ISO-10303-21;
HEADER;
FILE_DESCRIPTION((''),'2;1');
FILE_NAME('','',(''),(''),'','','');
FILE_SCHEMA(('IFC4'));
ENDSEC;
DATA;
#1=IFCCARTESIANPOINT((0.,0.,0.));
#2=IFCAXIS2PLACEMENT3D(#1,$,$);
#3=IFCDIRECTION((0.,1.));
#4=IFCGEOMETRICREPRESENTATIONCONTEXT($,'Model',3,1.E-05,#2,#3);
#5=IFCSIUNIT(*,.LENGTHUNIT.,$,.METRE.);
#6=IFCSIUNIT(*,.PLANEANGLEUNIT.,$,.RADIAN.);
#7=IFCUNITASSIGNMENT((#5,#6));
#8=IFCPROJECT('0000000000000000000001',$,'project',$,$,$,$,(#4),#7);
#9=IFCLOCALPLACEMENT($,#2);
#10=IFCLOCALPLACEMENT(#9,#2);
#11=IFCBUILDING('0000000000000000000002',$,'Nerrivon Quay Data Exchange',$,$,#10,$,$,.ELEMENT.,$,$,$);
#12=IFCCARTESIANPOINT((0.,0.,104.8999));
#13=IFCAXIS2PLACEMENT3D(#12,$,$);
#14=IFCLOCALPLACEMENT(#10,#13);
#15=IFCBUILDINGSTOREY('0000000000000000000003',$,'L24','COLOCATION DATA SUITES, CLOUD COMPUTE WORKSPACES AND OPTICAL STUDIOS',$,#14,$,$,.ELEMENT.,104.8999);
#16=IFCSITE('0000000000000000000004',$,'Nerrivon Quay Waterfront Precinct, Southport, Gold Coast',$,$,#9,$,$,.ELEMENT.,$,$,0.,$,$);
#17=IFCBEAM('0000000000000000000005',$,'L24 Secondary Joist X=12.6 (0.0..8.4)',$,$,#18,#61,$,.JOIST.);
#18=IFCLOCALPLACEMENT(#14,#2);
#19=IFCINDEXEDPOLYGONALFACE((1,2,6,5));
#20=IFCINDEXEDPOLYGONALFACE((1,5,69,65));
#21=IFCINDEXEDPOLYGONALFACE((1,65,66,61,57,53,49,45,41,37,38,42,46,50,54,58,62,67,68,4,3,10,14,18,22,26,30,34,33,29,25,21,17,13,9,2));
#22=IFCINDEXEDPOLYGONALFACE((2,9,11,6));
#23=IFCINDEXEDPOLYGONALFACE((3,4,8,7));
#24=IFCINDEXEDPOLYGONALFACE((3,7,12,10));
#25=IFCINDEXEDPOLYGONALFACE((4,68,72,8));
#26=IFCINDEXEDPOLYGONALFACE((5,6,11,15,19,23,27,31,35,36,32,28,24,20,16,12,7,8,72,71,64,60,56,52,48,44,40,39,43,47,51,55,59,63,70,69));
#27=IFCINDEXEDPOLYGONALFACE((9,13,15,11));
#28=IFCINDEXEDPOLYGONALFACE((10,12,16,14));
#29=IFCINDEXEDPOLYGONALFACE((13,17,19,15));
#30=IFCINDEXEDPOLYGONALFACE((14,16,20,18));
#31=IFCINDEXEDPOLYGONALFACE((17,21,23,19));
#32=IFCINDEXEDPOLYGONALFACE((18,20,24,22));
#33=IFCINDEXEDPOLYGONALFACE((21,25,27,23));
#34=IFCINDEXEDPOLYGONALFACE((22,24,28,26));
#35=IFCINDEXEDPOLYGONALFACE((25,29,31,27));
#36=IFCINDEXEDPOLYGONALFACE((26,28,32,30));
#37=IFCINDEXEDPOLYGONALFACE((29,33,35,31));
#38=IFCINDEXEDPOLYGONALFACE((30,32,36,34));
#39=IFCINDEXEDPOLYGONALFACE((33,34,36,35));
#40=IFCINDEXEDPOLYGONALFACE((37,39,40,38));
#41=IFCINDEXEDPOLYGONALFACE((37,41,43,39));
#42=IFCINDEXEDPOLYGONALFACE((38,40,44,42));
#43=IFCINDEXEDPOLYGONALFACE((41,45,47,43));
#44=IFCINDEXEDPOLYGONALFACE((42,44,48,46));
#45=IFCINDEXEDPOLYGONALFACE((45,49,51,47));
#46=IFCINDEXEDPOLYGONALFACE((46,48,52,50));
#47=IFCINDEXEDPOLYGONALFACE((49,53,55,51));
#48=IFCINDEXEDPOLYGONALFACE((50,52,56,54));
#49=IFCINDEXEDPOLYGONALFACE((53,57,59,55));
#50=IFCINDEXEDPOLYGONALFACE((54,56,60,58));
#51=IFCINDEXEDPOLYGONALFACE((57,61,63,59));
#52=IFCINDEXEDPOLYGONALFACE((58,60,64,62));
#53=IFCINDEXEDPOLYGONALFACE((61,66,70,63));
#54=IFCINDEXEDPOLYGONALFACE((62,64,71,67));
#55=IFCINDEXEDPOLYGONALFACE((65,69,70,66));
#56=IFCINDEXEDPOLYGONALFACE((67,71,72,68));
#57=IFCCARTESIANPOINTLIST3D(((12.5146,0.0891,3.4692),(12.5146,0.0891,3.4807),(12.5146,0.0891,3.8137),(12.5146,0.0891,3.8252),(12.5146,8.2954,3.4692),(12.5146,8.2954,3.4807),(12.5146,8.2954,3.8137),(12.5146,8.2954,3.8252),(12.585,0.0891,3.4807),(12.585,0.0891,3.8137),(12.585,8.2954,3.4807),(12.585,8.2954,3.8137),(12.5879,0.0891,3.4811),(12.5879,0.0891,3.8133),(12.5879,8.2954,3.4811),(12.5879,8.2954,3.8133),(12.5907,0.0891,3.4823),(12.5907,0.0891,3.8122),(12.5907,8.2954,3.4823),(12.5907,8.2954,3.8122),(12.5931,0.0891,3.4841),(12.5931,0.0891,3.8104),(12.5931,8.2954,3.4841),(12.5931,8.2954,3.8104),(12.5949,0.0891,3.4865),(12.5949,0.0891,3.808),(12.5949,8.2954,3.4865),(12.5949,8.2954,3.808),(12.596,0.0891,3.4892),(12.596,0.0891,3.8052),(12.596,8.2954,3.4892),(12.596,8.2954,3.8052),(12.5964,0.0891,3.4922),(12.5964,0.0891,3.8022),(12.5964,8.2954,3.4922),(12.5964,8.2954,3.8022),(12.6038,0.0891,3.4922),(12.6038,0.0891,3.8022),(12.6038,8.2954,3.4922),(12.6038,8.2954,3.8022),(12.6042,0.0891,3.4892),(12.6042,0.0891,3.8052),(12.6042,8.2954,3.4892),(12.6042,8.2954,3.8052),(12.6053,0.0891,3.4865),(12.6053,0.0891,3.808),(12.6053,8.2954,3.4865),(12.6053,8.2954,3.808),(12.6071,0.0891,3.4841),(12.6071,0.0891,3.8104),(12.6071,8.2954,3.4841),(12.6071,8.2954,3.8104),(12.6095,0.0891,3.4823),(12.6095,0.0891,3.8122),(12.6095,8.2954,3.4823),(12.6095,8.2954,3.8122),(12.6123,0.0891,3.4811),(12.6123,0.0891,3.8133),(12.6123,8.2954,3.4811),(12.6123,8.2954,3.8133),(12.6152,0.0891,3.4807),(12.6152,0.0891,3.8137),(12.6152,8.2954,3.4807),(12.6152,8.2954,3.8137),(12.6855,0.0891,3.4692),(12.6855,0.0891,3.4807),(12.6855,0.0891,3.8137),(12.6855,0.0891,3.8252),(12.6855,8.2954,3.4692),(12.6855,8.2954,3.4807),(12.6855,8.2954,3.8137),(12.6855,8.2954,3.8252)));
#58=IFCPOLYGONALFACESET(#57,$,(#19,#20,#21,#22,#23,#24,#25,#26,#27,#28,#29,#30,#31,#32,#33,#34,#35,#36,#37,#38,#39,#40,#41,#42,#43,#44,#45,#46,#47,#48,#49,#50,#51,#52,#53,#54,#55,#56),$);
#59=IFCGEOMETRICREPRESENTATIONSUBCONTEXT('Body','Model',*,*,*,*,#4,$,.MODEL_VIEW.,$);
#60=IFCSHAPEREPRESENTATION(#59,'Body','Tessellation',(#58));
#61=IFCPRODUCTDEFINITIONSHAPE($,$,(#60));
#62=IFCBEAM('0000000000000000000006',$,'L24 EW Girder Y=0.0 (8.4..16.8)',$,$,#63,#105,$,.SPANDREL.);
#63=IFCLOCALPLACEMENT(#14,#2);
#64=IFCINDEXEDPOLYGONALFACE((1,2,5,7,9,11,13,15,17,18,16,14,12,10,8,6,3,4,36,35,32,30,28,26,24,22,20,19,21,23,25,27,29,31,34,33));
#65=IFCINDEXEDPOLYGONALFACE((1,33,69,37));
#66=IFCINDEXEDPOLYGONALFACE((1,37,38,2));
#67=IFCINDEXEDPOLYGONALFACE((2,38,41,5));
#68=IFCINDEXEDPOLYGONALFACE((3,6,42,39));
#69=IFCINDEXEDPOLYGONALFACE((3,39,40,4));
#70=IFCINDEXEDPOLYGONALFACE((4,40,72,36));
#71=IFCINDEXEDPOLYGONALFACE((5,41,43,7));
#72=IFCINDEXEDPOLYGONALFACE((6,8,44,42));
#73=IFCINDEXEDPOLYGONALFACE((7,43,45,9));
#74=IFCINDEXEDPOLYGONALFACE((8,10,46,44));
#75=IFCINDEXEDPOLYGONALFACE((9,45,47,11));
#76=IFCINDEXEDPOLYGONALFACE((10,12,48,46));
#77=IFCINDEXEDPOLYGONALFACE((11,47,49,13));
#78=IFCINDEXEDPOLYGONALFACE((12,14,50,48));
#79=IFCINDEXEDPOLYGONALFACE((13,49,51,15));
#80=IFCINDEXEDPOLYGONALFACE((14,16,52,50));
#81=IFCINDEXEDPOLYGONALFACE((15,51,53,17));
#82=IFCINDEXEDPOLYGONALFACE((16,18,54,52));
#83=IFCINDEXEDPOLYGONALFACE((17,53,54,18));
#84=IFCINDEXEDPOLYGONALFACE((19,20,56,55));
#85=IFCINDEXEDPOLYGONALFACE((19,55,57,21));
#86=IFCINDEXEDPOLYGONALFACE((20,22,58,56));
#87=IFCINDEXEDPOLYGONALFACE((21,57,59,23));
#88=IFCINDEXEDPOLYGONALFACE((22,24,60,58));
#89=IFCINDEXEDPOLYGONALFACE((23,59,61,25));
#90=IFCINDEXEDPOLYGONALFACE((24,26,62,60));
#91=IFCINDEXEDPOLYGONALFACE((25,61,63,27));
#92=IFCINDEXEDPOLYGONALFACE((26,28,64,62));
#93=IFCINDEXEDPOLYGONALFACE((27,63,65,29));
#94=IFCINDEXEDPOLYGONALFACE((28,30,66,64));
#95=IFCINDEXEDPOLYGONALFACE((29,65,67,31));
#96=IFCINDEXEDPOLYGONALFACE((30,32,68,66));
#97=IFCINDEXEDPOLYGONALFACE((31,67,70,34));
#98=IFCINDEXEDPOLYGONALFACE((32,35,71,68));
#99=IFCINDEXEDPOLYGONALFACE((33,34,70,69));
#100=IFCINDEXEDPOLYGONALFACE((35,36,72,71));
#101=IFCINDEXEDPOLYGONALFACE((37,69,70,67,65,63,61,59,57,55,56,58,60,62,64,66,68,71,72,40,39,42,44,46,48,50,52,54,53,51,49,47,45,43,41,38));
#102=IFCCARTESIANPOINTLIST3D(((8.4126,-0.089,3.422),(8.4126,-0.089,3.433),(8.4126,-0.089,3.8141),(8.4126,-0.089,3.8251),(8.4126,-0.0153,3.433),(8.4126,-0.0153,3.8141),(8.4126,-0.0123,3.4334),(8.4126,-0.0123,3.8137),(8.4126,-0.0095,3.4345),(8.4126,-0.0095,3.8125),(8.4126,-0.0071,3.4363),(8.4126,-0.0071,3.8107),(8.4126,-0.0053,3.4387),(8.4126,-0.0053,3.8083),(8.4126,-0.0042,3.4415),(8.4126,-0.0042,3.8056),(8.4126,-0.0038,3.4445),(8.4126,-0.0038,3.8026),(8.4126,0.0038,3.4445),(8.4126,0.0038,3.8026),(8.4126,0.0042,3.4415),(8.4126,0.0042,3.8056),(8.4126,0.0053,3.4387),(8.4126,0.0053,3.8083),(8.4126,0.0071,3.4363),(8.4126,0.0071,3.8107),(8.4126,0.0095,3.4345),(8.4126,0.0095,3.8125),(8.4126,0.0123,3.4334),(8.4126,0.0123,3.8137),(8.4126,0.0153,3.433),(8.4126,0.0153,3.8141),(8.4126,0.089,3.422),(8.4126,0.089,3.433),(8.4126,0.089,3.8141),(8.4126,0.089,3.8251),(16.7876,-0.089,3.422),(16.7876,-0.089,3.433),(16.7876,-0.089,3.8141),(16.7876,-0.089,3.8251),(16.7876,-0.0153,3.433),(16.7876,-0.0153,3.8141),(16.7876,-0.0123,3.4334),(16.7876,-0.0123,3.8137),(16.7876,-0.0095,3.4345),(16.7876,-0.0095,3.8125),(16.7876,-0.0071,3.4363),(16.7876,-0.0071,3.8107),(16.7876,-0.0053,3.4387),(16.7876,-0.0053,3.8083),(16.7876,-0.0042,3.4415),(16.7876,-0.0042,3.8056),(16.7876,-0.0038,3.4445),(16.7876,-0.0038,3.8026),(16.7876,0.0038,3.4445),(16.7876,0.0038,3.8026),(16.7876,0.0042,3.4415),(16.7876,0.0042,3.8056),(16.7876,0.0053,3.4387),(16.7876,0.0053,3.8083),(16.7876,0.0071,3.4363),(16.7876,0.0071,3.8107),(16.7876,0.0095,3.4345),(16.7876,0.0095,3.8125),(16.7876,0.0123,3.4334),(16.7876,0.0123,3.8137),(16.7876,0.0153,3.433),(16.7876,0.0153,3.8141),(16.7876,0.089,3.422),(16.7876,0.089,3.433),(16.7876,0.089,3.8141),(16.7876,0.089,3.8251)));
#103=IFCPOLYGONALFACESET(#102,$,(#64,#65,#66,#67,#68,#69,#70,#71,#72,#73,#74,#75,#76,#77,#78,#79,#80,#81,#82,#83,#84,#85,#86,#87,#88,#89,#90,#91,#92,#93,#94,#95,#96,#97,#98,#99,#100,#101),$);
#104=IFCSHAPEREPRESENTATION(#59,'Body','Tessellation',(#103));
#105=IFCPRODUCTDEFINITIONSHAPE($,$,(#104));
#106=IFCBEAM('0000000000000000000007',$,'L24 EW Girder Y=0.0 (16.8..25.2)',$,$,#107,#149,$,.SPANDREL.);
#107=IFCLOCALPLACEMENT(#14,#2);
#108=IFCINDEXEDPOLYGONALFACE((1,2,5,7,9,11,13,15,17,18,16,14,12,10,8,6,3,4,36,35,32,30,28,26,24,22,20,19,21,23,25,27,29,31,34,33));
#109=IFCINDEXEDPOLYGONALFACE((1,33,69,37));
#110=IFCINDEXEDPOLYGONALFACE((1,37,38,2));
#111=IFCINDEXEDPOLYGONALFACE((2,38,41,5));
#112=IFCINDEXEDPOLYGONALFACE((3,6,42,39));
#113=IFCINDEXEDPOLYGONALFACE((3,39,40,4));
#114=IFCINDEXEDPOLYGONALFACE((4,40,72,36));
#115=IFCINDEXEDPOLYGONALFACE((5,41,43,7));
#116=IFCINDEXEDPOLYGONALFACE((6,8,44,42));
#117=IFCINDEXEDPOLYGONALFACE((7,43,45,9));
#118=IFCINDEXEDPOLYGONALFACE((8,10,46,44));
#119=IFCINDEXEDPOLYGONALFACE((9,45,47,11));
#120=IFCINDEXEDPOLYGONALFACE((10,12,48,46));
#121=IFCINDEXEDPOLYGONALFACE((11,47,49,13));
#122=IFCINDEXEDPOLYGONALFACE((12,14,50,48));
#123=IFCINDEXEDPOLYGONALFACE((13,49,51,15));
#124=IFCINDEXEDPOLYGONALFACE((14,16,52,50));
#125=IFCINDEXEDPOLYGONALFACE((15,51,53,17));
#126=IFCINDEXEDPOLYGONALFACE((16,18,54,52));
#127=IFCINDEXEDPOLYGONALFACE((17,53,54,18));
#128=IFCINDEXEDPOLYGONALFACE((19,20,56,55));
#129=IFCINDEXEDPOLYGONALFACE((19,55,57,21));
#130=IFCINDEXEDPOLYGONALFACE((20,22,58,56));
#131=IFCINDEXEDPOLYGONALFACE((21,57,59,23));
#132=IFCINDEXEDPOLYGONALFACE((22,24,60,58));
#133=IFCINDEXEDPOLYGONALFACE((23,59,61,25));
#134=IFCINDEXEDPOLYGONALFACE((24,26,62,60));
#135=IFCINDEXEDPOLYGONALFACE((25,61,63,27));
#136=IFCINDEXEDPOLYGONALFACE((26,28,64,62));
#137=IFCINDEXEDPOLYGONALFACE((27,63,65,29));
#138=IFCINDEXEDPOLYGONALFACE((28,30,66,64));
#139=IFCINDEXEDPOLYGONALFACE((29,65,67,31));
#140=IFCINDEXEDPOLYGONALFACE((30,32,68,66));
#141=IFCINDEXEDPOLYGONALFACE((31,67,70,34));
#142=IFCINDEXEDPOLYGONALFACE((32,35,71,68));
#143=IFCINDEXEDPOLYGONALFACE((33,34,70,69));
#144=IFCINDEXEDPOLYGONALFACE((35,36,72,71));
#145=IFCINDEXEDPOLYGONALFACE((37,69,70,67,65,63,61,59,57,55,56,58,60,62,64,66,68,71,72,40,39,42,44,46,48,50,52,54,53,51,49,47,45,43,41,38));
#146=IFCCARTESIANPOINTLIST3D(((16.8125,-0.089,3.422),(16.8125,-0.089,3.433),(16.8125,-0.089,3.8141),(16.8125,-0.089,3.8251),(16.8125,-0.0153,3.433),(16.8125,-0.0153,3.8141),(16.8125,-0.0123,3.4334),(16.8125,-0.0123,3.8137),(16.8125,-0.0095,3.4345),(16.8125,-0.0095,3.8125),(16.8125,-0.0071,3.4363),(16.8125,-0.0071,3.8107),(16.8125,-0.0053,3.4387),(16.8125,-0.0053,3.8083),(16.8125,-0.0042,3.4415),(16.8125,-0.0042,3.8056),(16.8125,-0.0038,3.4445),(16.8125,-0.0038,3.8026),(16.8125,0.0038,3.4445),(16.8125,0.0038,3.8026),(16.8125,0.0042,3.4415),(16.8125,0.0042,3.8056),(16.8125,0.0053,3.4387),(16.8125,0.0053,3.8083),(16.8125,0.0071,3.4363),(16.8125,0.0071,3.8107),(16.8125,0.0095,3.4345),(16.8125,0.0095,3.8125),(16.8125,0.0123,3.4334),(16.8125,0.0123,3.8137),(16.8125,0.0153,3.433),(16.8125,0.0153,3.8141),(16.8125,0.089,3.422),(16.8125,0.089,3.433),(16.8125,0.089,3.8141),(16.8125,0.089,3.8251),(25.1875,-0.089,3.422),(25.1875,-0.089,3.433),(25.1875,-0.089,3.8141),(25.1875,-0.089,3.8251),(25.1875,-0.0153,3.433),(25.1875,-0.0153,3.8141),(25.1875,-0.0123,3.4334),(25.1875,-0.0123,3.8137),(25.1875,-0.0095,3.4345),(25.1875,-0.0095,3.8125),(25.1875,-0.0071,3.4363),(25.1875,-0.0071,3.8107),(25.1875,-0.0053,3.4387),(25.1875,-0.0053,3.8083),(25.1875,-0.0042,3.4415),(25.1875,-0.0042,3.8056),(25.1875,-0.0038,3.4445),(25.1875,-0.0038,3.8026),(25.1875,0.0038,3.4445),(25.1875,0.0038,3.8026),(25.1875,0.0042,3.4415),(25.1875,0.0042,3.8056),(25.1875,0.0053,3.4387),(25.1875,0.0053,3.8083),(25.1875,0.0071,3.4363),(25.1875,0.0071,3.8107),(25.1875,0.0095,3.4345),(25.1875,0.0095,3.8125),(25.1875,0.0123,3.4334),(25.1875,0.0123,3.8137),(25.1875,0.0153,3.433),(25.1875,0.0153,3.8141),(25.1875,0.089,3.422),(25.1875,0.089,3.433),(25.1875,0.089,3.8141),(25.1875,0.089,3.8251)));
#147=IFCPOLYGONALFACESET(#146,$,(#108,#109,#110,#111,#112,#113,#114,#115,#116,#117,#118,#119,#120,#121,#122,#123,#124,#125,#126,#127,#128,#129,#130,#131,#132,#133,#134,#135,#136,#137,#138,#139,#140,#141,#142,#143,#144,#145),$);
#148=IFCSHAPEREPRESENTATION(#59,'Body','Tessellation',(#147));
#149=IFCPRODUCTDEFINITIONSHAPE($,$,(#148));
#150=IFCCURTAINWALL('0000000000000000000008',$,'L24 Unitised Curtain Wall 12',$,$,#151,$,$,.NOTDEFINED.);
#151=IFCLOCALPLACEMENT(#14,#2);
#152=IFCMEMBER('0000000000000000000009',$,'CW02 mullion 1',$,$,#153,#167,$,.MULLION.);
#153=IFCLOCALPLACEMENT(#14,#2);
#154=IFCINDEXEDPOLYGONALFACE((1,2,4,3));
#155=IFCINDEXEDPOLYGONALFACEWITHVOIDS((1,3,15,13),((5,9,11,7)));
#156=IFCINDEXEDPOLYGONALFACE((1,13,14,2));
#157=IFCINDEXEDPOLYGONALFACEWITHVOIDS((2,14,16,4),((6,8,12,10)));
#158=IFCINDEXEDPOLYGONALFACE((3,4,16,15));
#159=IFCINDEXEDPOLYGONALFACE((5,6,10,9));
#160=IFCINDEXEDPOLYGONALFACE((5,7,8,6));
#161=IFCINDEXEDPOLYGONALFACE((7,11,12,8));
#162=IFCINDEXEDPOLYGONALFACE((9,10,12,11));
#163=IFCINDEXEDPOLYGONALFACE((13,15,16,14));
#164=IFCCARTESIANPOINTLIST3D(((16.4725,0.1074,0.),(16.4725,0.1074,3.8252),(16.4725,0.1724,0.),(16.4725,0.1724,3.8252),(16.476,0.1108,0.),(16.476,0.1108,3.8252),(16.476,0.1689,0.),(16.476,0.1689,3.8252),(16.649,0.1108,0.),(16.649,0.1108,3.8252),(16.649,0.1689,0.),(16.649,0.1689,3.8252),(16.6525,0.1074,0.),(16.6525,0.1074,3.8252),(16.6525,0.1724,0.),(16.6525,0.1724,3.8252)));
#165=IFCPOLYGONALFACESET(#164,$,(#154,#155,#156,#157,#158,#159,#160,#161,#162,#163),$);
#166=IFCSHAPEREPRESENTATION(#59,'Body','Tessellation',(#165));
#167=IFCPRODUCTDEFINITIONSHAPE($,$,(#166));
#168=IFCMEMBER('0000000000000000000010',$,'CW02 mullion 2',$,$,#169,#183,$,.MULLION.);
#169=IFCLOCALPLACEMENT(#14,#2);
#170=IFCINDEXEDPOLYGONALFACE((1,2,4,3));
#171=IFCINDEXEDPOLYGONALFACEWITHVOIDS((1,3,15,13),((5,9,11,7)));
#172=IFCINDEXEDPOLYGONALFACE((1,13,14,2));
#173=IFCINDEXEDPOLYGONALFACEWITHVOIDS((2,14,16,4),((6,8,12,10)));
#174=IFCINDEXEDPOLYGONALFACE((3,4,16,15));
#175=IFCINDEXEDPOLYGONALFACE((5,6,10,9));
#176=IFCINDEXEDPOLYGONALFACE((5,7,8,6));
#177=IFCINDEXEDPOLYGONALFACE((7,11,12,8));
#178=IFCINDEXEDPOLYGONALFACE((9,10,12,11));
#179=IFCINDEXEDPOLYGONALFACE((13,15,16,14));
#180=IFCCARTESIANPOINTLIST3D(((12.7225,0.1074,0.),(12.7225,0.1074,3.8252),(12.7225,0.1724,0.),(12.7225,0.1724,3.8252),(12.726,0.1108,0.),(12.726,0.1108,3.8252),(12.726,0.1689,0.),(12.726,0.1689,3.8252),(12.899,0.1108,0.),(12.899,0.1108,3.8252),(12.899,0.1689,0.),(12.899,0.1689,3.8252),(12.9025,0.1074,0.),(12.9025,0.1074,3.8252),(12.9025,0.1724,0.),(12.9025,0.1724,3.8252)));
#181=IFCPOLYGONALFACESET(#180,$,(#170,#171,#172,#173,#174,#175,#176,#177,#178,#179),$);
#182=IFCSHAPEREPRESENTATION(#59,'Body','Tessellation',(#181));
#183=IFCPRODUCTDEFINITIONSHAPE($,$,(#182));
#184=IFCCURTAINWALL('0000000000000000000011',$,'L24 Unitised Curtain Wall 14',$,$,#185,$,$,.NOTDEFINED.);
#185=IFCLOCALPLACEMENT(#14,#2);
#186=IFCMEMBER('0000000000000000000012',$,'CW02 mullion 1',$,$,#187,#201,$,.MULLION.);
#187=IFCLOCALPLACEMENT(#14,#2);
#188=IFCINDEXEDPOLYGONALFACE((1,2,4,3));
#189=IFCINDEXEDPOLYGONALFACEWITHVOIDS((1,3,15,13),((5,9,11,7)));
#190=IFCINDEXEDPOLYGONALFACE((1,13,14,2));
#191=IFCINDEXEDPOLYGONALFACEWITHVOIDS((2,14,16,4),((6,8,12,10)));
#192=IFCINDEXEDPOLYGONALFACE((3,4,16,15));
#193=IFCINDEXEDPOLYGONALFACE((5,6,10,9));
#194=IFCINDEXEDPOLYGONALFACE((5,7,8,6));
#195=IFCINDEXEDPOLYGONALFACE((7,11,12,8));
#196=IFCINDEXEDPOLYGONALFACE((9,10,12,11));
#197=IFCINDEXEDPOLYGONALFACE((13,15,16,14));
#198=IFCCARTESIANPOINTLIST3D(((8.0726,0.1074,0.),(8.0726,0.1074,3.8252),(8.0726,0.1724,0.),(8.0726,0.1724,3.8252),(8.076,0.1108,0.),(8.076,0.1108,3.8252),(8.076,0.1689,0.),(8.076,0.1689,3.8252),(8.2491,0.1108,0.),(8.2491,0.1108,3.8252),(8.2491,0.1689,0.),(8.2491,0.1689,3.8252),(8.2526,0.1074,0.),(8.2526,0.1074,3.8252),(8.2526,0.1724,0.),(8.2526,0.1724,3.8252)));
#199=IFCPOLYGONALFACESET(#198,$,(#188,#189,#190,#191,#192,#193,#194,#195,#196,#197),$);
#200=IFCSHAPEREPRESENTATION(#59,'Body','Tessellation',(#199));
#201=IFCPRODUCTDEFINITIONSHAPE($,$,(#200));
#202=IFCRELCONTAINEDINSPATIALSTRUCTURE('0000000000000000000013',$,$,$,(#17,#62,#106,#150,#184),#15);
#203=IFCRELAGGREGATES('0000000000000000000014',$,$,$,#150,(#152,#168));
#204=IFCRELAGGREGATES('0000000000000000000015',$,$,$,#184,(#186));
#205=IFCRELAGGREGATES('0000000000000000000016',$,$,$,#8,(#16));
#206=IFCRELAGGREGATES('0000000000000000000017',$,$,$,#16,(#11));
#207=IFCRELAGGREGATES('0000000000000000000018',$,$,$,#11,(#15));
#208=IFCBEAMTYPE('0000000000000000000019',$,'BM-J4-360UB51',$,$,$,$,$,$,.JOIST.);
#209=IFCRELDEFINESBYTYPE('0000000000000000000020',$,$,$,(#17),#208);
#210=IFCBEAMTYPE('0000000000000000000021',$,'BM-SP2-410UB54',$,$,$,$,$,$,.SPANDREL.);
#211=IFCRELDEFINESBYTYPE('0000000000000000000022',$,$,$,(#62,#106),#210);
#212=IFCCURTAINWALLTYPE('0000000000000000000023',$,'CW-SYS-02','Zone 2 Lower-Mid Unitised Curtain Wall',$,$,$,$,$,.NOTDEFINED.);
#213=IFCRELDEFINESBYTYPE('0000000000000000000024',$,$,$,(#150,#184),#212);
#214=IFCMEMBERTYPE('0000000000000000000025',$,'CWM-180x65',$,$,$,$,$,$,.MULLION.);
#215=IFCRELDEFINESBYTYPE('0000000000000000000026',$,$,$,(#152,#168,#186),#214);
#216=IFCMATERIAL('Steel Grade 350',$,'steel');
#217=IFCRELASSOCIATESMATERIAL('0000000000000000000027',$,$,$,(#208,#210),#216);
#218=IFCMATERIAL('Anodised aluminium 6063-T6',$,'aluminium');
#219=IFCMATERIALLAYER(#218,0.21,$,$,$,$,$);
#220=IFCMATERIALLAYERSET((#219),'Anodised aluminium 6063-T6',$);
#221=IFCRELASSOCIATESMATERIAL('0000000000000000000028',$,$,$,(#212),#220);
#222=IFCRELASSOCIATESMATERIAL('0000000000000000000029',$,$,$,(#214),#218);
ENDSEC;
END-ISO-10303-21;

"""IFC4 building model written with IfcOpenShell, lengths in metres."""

from ifc_helpers import new_model, si_unit, direction, frame, origin, origin_2d, place, context, subcontext, project, spatial, hollow_rectangle, i_section, extrude, material, layer, layer_set, material_profile, profile_set, type_object, element, aggregate, save


model = new_model("IFC4")

# Units and contexts
model_context = context("Model", 3, precision=1e-05, world=origin(), true_north=direction((0.0, 1.0)))
body_context = subcontext(model_context, "Body", "Model", "MODEL_VIEW")
ifc_project = project(units=[si_unit("LENGTHUNIT", "METRE"), si_unit("PLANEANGLEUNIT", "RADIAN")], contexts=[model_context])

# Site, building, storey
site_placement = place(None, origin())
site = spatial("IfcSite", under=ifc_project, at=site_placement, Name="Nerrivon Quay Waterfront Precinct, Southport, Gold Coast", CompositionType="ELEMENT", RefElevation=0.0)
building_placement = place(site_placement, origin())
building = spatial("IfcBuilding", under=site, at=building_placement, Name="Nerrivon Quay Data Exchange", CompositionType="ELEMENT")
storey_placement = place(building_placement, frame((0.0, 0.0, 104.8999)))
storey = spatial("IfcBuildingStorey", under=building, at=storey_placement, Name="L24", Description="COLOCATION DATA SUITES, CLOUD COMPUTE WORKSPACES AND OPTICAL STUDIOS", CompositionType="ELEMENT", Elevation=104.8999)

# Shared definitions
ifc_material_1 = material(Name="Steel Grade 350", Category="steel")

# Beams
ifc_material_profile_1 = material_profile(ifc_material_1, i_section(OverallWidth=0.1709, OverallDepth=0.356, WebThickness=0.0073, FlangeThickness=0.0115, FilletRadius=0.0115, at=origin_2d()), Name="360UB50.7")
ifc_profile_set_1 = profile_set([ifc_material_profile_1], Name="Steel Grade 350")
beam_type_1 = type_object("IfcBeamType", Name="BM-J4-360UB51", PredefinedType="JOIST", material=ifc_profile_set_1)
beam_1_placement = place(storey_placement, frame((12.6001, 0.0891, 3.6472), z_axis=(0.0, 1.0, 0.0), x_axis=(-1.0, 0.0, 0.0)))
element("IfcBeam", 1, at=beam_1_placement, inside=storey, type_object=beam_type_1, Name="L24 Secondary Joist X=12.6 (0.0..8.4)", PredefinedType="JOIST", context=body_context, shape_type="SweptSolid", body=[
    extrude(i_section(OverallWidth=0.1709, OverallDepth=0.356, WebThickness=0.0073, FlangeThickness=0.0115, FilletRadius=0.0115, at=origin_2d()), origin(), (0.0, 0.0, 1.0), 8.2063),
])
ifc_material_profile_2 = material_profile(ifc_material_1, i_section(OverallWidth=0.178, OverallDepth=0.4031, WebThickness=0.0076, FlangeThickness=0.011, FilletRadius=0.0115, at=origin_2d()), Name="410UB53.7")
ifc_profile_set_2 = profile_set([ifc_material_profile_2], Name="Steel Grade 350")
beam_type_2 = type_object("IfcBeamType", Name="BM-SP2-410UB54", PredefinedType="SPANDREL", material=ifc_profile_set_2)
for number, where, z_axis, x_axis, name in (
    (2, (8.4126, 0.0, 3.6235), (1.0, 0.0, 0.0), (0.0, 1.0, 0.0), "L24 EW Girder Y=0.0 (8.4..16.8)"),
    (3, (16.8125, 0.0, 3.6235), (1.0, 0.0, 0.0), (0.0, 1.0, 0.0), "L24 EW Girder Y=0.0 (16.8..25.2)"),
):
    element("IfcBeam", number, at=place(storey_placement, frame(where, z_axis=z_axis, x_axis=x_axis)), inside=storey, type_object=beam_type_2, Name=name, PredefinedType="SPANDREL", context=body_context, shape_type="SweptSolid", body=[
        extrude(i_section(OverallWidth=0.178, OverallDepth=0.4031, WebThickness=0.0076, FlangeThickness=0.011, FilletRadius=0.0115, at=origin_2d()), origin(), (0.0, 0.0, 1.0), 8.375),
    ])

# Curtain walls, members
ifc_material_2 = material(Name="Anodised aluminium 6063-T6", Category="aluminium")
ifc_layer_1 = layer(ifc_material_2, 0.21)
ifc_layer_set_1 = layer_set([ifc_layer_1], Name="Anodised aluminium 6063-T6")
curtain_wall_type = type_object("IfcCurtainWallType", Name="CW-SYS-02", Description="Zone 2 Lower-Mid Unitised Curtain Wall", PredefinedType="NOTDEFINED", material=ifc_layer_set_1)
curtain_wall_1_placement = place(storey_placement, origin())
curtain_wall_1 = element("IfcCurtainWall", 4, at=curtain_wall_1_placement, inside=storey, type_object=curtain_wall_type, Name="L24 Unitised Curtain Wall 12", PredefinedType="NOTDEFINED")
ifc_material_profile_3 = material_profile(ifc_material_2, hollow_rectangle(XDim=0.0649, YDim=0.1799, WallThickness=0.0034, at=origin_2d()), Name="ALU-MULL-180x65")
ifc_profile_set_3 = profile_set([ifc_material_profile_3], Name="Anodised aluminium 6063-T6")
member_type_1 = type_object("IfcMemberType", Name="CWM-180x65", PredefinedType="MULLION", material=ifc_profile_set_3)
member_1_placement = place(storey_placement, frame((16.5625, 0.1399, 0.0), z_axis=(0.0, 0.0, 1.0), x_axis=(0.0, -1.0, 0.0)))
member_1 = element("IfcMember", 5, at=member_1_placement, type_object=member_type_1, Name="CW02 mullion 1", PredefinedType="MULLION", context=body_context, shape_type="SweptSolid", body=[
    extrude(hollow_rectangle(XDim=0.0649, YDim=0.1799, WallThickness=0.0034, at=origin_2d()), origin(), (0.0, 0.0, 1.0), 3.8252),
])
member_2_placement = place(storey_placement, frame((12.8125, 0.1399, 0.0), z_axis=(0.0, 0.0, 1.0), x_axis=(0.0, -1.0, 0.0)))
member_2 = element("IfcMember", 6, at=member_2_placement, type_object=member_type_1, Name="CW02 mullion 2", PredefinedType="MULLION", context=body_context, shape_type="SweptSolid", body=[
    extrude(hollow_rectangle(XDim=0.0649, YDim=0.1799, WallThickness=0.0034, at=origin_2d()), origin(), (0.0, 0.0, 1.0), 3.8252),
])
curtain_wall_2_placement = place(storey_placement, origin())
curtain_wall_2 = element("IfcCurtainWall", 7, at=curtain_wall_2_placement, inside=storey, type_object=curtain_wall_type, Name="L24 Unitised Curtain Wall 14", PredefinedType="NOTDEFINED")
member_3_placement = place(storey_placement, frame((8.1626, 0.1399, 0.0), z_axis=(0.0, 0.0, 1.0), x_axis=(0.0, -1.0, 0.0)))
member_3 = element("IfcMember", 8, at=member_3_placement, type_object=member_type_1, Name="CW02 mullion 1", PredefinedType="MULLION", context=body_context, shape_type="SweptSolid", body=[
    extrude(hollow_rectangle(XDim=0.0649, YDim=0.1799, WallThickness=0.0034, at=origin_2d()), origin(), (0.0, 0.0, 1.0), 3.8252),
])

aggregate(curtain_wall_1, [member_1, member_2])
aggregate(curtain_wall_2, [member_3])

save(model, "model.ifc")
